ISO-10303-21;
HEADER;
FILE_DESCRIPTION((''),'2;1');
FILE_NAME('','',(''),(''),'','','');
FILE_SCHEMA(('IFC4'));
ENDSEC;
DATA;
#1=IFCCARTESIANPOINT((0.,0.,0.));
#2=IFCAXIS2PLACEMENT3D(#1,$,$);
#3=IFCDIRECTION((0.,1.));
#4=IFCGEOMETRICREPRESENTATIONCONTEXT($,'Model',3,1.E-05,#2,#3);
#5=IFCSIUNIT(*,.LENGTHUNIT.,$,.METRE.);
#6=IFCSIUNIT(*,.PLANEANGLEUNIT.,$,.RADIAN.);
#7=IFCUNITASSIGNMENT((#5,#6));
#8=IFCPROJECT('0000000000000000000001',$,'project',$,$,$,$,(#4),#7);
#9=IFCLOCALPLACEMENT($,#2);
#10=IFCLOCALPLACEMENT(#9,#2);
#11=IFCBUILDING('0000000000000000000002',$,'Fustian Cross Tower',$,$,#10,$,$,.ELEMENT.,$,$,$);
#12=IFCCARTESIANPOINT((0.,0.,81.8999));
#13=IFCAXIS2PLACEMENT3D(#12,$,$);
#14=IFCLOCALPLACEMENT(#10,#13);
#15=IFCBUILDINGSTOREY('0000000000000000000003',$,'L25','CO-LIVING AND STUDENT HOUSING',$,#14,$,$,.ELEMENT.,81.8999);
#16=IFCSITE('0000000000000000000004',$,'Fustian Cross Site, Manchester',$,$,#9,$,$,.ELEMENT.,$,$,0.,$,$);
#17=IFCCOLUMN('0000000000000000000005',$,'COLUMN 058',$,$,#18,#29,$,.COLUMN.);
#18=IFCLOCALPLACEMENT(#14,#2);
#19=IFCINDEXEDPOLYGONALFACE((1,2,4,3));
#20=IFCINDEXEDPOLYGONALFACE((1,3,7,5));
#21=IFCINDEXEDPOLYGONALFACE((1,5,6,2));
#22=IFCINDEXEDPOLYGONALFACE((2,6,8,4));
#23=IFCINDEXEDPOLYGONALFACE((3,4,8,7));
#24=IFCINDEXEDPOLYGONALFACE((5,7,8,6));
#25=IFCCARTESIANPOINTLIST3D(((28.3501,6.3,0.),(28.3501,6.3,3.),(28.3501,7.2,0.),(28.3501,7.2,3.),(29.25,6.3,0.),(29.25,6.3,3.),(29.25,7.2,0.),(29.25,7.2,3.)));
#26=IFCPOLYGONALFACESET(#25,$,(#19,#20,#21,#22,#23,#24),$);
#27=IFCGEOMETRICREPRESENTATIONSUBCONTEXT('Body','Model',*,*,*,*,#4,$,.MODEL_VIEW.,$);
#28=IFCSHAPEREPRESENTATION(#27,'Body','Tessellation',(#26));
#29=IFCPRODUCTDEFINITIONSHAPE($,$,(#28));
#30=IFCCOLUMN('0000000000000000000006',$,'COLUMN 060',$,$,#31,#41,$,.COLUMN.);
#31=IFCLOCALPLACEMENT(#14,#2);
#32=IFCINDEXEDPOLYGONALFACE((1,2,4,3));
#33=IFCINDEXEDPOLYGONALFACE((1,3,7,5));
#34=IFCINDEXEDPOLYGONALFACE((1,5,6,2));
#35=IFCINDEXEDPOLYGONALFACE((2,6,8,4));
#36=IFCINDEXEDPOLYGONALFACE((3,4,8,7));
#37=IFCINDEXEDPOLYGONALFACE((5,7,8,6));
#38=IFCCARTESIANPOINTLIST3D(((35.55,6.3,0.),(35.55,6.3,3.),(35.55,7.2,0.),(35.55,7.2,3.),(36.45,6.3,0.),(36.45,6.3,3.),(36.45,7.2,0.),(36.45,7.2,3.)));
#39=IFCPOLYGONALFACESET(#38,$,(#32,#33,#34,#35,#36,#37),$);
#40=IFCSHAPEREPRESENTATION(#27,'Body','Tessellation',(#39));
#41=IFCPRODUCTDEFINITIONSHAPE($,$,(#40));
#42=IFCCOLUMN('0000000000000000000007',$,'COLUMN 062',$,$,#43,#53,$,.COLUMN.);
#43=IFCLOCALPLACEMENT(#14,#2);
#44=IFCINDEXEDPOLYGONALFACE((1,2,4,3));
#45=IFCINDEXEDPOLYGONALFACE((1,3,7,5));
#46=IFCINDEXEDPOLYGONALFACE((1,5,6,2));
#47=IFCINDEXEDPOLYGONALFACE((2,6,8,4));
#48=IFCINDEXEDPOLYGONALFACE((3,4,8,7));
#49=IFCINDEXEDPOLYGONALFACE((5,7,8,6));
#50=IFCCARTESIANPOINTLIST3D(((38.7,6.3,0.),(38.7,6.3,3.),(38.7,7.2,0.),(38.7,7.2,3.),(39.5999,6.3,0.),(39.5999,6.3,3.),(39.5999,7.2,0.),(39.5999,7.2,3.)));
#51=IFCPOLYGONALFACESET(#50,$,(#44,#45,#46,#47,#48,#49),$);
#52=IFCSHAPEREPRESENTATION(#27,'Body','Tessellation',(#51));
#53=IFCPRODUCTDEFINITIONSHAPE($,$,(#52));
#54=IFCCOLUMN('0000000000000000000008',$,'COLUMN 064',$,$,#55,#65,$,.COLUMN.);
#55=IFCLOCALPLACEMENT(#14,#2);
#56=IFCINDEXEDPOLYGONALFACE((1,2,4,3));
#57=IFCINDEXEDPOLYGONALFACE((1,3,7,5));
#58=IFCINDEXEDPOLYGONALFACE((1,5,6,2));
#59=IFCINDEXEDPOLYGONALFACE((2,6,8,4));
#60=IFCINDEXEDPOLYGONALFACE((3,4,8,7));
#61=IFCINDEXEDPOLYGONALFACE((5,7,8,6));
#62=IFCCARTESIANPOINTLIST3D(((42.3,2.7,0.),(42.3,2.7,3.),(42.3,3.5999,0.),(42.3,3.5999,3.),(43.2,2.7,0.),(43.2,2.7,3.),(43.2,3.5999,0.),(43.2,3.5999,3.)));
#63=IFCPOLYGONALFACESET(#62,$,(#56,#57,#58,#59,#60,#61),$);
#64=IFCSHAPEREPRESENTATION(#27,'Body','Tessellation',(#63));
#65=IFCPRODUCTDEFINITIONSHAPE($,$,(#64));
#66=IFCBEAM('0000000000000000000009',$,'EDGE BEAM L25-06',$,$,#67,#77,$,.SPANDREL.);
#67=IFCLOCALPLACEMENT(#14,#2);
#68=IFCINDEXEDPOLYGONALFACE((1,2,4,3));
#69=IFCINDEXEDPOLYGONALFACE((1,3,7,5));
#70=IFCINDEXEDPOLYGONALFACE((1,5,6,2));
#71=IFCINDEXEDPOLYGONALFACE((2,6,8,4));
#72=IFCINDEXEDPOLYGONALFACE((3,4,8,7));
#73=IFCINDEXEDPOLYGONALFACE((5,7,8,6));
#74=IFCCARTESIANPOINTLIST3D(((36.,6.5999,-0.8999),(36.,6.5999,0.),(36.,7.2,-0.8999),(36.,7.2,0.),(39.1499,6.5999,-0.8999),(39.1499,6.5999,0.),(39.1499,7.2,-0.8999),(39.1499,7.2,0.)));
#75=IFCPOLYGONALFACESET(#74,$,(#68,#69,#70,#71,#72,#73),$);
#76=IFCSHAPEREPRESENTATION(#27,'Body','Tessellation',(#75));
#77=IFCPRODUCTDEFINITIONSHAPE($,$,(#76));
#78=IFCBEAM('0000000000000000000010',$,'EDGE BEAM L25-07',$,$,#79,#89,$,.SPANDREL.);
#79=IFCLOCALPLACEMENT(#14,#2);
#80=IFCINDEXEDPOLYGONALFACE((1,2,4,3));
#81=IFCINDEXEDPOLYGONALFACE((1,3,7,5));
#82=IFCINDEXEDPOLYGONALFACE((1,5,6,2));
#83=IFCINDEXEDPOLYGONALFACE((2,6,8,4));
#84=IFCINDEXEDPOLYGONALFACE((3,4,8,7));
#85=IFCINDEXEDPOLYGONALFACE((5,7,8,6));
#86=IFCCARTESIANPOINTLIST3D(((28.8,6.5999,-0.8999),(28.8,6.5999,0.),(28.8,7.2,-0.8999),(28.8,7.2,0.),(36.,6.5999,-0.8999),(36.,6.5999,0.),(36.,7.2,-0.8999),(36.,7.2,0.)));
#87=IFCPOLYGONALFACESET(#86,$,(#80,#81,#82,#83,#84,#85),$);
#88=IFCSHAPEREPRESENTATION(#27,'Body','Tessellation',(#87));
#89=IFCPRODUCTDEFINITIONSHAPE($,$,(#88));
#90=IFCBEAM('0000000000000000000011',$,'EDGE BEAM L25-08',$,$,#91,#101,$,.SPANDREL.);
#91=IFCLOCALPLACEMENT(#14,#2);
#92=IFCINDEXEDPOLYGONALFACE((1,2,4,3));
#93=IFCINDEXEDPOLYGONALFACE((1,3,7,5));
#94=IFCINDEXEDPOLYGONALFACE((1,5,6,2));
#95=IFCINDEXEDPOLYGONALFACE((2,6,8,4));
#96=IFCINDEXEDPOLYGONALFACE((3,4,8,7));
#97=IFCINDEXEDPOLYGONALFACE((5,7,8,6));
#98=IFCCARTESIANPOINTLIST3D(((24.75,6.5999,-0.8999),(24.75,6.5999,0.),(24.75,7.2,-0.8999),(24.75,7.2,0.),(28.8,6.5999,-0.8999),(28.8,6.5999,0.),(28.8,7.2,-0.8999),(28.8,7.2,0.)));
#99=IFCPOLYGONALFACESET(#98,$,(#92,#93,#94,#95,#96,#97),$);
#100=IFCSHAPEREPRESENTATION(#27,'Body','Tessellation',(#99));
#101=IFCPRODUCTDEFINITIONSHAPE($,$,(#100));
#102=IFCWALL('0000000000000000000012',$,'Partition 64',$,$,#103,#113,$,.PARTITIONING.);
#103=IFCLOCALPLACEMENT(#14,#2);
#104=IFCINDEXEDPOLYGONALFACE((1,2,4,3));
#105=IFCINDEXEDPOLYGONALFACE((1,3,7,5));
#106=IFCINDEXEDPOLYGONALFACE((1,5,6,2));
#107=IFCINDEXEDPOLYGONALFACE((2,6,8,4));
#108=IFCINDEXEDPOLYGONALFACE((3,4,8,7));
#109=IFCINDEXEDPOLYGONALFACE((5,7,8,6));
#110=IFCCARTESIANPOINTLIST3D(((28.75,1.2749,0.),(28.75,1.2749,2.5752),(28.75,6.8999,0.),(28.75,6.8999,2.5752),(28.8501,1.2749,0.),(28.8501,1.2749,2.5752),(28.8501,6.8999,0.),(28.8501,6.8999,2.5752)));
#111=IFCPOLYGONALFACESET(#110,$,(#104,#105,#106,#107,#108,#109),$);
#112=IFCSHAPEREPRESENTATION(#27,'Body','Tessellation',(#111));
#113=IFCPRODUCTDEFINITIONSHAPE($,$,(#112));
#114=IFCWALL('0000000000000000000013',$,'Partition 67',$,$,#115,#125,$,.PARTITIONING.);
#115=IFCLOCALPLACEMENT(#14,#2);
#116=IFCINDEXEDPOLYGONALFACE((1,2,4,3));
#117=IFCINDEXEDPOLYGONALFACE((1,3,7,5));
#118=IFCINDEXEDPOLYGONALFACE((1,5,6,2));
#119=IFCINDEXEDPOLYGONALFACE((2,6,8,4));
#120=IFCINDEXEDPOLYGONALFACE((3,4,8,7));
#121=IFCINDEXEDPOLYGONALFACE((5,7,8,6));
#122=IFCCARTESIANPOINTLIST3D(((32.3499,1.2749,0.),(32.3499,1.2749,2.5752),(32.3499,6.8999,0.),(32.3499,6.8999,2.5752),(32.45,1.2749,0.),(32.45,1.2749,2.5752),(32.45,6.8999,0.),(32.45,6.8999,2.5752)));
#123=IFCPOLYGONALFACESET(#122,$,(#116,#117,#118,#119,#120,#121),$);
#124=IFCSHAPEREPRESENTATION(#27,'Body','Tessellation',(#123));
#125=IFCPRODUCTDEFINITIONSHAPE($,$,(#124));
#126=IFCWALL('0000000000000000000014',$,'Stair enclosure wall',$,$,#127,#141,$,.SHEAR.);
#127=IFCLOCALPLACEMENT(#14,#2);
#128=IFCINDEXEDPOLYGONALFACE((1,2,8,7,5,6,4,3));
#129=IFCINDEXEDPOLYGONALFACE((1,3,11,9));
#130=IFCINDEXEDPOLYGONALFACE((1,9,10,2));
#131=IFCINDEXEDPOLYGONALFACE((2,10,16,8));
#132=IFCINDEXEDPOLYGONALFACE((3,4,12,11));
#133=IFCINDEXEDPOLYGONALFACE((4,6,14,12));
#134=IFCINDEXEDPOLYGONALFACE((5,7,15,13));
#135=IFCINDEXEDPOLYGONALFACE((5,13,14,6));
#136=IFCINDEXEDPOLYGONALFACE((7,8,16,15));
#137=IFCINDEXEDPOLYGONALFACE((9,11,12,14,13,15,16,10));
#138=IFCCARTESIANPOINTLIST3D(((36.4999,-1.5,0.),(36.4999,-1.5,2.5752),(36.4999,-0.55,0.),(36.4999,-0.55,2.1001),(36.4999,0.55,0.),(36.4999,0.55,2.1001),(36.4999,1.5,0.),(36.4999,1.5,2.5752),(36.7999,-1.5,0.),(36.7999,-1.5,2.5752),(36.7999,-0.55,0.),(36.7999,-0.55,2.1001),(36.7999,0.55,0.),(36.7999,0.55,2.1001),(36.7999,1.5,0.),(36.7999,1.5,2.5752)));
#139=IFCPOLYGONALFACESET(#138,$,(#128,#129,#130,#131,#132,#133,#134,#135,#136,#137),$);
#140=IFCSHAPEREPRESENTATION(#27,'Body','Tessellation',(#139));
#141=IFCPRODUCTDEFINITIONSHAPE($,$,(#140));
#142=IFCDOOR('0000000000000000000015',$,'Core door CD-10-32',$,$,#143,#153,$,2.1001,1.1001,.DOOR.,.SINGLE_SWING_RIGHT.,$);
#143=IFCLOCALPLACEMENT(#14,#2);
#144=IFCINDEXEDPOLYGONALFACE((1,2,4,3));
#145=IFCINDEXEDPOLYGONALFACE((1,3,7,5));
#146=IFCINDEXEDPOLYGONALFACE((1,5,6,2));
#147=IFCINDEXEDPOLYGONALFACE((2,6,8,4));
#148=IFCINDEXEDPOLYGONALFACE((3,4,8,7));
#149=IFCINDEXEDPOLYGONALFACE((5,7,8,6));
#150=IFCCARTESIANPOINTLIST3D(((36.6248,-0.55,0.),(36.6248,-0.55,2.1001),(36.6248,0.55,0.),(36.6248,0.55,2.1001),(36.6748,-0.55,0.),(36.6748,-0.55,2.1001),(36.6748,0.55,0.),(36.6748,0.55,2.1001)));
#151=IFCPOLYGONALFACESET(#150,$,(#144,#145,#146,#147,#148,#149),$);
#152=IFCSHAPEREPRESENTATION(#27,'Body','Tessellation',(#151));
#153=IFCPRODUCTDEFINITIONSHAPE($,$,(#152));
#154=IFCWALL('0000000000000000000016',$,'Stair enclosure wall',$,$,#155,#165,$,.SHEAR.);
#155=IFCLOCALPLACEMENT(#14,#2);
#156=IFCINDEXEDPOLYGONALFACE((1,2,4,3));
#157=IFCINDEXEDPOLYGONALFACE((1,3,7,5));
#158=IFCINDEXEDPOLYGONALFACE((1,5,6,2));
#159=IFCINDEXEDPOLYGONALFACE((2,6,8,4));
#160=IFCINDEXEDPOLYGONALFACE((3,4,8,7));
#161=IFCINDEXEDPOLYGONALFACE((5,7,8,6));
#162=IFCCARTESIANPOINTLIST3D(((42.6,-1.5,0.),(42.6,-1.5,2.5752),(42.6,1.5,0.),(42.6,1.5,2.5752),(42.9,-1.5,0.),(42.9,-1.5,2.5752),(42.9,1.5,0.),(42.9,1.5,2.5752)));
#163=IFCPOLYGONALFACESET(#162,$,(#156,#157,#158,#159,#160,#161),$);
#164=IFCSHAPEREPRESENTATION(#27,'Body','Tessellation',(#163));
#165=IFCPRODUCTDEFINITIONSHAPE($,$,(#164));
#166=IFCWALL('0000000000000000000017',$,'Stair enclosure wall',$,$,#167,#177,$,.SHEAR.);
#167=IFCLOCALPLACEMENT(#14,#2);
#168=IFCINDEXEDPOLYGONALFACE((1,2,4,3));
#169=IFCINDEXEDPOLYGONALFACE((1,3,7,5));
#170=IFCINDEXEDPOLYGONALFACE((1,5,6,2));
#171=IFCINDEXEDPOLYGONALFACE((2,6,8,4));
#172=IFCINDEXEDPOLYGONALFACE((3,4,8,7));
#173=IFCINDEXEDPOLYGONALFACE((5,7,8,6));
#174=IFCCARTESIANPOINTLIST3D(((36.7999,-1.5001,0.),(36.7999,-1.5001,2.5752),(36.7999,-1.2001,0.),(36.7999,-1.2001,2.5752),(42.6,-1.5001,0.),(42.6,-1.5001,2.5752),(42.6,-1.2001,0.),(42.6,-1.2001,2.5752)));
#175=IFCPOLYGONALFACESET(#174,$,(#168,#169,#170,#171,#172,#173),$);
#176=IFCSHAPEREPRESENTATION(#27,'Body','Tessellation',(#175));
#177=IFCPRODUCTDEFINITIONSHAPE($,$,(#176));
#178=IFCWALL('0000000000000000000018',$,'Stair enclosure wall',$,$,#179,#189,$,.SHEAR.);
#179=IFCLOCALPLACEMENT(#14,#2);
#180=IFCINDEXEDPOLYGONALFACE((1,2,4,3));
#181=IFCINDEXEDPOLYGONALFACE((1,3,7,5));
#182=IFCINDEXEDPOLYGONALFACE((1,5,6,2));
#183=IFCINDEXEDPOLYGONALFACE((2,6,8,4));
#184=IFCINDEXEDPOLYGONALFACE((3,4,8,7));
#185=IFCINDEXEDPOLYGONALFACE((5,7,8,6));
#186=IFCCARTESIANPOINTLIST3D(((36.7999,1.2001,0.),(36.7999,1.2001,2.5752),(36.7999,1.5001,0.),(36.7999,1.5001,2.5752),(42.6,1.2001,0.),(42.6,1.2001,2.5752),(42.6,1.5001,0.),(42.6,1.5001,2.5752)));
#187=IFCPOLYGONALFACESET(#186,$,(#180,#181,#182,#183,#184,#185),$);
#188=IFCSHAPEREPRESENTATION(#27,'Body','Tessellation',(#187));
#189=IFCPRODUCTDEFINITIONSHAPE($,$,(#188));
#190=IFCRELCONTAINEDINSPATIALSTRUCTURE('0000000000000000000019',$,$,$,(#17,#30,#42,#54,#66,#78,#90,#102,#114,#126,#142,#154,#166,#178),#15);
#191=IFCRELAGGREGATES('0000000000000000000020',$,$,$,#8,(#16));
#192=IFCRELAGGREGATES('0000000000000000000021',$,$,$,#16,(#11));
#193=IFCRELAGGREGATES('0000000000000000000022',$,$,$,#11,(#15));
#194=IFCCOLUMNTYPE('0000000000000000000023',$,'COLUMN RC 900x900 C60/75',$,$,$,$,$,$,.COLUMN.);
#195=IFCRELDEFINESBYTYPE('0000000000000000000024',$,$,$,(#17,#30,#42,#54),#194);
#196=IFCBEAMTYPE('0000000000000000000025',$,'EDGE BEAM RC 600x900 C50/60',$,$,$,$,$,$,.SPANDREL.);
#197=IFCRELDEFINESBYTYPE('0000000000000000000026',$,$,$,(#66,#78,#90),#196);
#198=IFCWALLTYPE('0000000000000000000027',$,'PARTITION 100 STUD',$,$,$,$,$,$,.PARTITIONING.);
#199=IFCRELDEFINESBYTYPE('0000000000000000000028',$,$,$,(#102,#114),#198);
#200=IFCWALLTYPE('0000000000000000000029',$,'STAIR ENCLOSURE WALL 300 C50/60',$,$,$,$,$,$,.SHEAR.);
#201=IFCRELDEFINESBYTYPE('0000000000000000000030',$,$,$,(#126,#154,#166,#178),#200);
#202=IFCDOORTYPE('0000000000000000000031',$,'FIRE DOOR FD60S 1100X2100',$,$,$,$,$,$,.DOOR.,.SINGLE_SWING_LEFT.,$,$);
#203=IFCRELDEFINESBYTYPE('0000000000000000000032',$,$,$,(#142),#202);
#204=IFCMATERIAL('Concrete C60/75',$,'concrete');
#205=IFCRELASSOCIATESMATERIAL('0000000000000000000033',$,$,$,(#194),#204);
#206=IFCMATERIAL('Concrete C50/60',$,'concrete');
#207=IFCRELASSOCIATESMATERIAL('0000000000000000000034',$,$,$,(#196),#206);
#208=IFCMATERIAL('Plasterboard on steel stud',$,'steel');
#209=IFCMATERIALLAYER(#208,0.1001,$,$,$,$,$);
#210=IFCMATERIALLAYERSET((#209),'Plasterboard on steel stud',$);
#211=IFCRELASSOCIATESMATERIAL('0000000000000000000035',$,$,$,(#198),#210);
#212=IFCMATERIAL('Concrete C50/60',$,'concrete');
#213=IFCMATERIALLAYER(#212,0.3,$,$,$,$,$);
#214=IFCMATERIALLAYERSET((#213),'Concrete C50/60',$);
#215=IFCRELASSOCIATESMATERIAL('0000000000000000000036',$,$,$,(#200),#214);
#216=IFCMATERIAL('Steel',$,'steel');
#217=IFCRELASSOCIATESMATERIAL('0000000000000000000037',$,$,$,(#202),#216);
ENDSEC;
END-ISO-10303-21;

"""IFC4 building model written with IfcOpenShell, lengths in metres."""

from ifc_helpers import new_model, si_unit, direction, frame, frame_2d, origin, origin_2d, place, context, subcontext, project, spatial, rectangle, extrude, material, layer, layer_set, material_profile, profile_set, type_object, element, fill, save


model = new_model("IFC4")

# Units and contexts
model_context = context("Model", 3, precision=1e-05, world=origin(), true_north=direction((0.0, 1.0)))
body_context = subcontext(model_context, "Body", "Model", "MODEL_VIEW")
ifc_project = project(units=[si_unit("LENGTHUNIT", "METRE"), si_unit("PLANEANGLEUNIT", "RADIAN")], contexts=[model_context])

# Site, building, storey
site_placement = place(None, origin())
site = spatial("IfcSite", under=ifc_project, at=site_placement, Name="Fustian Cross Site, Manchester", CompositionType="ELEMENT", RefElevation=0.0)
building_placement = place(site_placement, origin())
building = spatial("IfcBuilding", under=site, at=building_placement, Name="Fustian Cross Tower", CompositionType="ELEMENT")
storey_placement = place(building_placement, frame((0.0, 0.0, 81.8999)))
storey = spatial("IfcBuildingStorey", under=building, at=storey_placement, Name="L25", Description="CO-LIVING AND STUDENT HOUSING", CompositionType="ELEMENT", Elevation=81.8999)

# Columns
ifc_material_1 = material(Name="Concrete C60/75", Category="concrete")
ifc_material_profile_1 = material_profile(ifc_material_1, rectangle(XDim=0.8999, YDim=0.8999, at=origin_2d()), Name="RC 900x900")
ifc_profile_set_1 = profile_set([ifc_material_profile_1], Name="Concrete C60/75")
column_type = type_object("IfcColumnType", Name="COLUMN RC 900x900 C60/75", PredefinedType="COLUMN", material=ifc_profile_set_1)
for number, where, z_axis, x_axis, name in (
    (1, (28.8, 6.75, 0.0), (0.0, 0.0, 1.0), (1.0, 0.0, 0.0), "COLUMN 058"),
    (2, (36.0, 6.75, 0.0), (0.0, 0.0, 1.0), (1.0, 0.0, 0.0), "COLUMN 060"),
    (3, (39.1499, 6.75, 0.0), (0.0, 0.0, 1.0), (1.0, 0.0, 0.0), "COLUMN 062"),
    (4, (42.75, 3.1499, 0.0), (0.0, 0.0, 1.0), (1.0, 0.0, 0.0), "COLUMN 064"),
):
    element("IfcColumn", number, at=place(storey_placement, frame(where, z_axis=z_axis, x_axis=x_axis)), inside=storey, type_object=column_type, Name=name, PredefinedType="COLUMN", context=body_context, shape_type="SweptSolid", body=[
        extrude(rectangle(XDim=0.8999, YDim=0.8999, at=origin_2d()), origin(), (0.0, 0.0, 1.0), 3.0),
    ])

# Beams
ifc_material_2 = material(Name="Concrete C50/60", Category="concrete")
ifc_material_profile_2 = material_profile(ifc_material_2, rectangle(XDim=0.6001, YDim=0.8999, at=origin_2d()), Name="RC 600x900")
ifc_profile_set_2 = profile_set([ifc_material_profile_2], Name="Concrete C50/60")
beam_type = type_object("IfcBeamType", Name="EDGE BEAM RC 600x900 C50/60", PredefinedType="SPANDREL", material=ifc_profile_set_2)
beam_1_placement = place(storey_placement, frame((39.1499, 6.8999, -0.45), z_axis=(-1.0, 0.0, 0.0), x_axis=(0.0, -1.0, 0.0)))
element("IfcBeam", 5, at=beam_1_placement, inside=storey, type_object=beam_type, Name="EDGE BEAM L25-06", PredefinedType="SPANDREL", context=body_context, shape_type="SweptSolid", body=[
    extrude(rectangle(XDim=0.6001, YDim=0.8999, at=origin_2d()), origin(), (0.0, 0.0, 1.0), 3.1499),
])
beam_2_placement = place(storey_placement, frame((36.0, 6.8999, -0.45), z_axis=(-1.0, 0.0, 0.0), x_axis=(0.0, -1.0, 0.0)))
element("IfcBeam", 6, at=beam_2_placement, inside=storey, type_object=beam_type, Name="EDGE BEAM L25-07", PredefinedType="SPANDREL", context=body_context, shape_type="SweptSolid", body=[
    extrude(rectangle(XDim=0.6001, YDim=0.8999, at=origin_2d()), origin(), (0.0, 0.0, 1.0), 7.2),
])
beam_3_placement = place(storey_placement, frame((28.8, 6.8999, -0.45), z_axis=(-1.0, 0.0, 0.0), x_axis=(0.0, -1.0, 0.0)))
element("IfcBeam", 7, at=beam_3_placement, inside=storey, type_object=beam_type, Name="EDGE BEAM L25-08", PredefinedType="SPANDREL", context=body_context, shape_type="SweptSolid", body=[
    extrude(rectangle(XDim=0.6001, YDim=0.8999, at=origin_2d()), origin(), (0.0, 0.0, 1.0), 4.05),
])

# Walls
ifc_material_3 = material(Name="Plasterboard on steel stud", Category="steel")
ifc_layer_1 = layer(ifc_material_3, 0.1001)
ifc_layer_set_1 = layer_set([ifc_layer_1], Name="Plasterboard on steel stud")
wall_type_1 = type_object("IfcWallType", Name="PARTITION 100 STUD", PredefinedType="PARTITIONING", material=ifc_layer_set_1)
for number, where, z_axis, x_axis, name in (
    (8, (28.8, 1.2749, 0.0), (0.0, 0.0, 1.0), (0.0, 1.0, 0.0), "Partition 64"),
    (9, (32.3999, 1.2749, 0.0), (0.0, 0.0, 1.0), (0.0, 1.0, 0.0), "Partition 67"),
):
    element("IfcWall", number, at=place(storey_placement, frame(where, z_axis=z_axis, x_axis=x_axis)), inside=storey, type_object=wall_type_1, Name=name, PredefinedType="PARTITIONING", context=body_context, shape_type="SweptSolid", body=[
        extrude(rectangle(XDim=5.625, YDim=0.1001, at=frame_2d((2.8125, 0.0))), origin(), (0.0, 0.0, 1.0), 2.5752),
    ])

# Wall, opening, door
ifc_material_4 = material(Name="Concrete C50/60", Category="concrete")
ifc_layer_2 = layer(ifc_material_4, 0.3)
ifc_layer_set_2 = layer_set([ifc_layer_2], Name="Concrete C50/60")
wall_type_2 = type_object("IfcWallType", Name="STAIR ENCLOSURE WALL 300 C50/60", PredefinedType="SHEAR", material=ifc_layer_set_2)
wall_1_placement = place(storey_placement, frame((36.6499, -1.5, 0.0), z_axis=(0.0, 0.0, 1.0), x_axis=(0.0, 1.0, 0.0)))
wall_1 = element("IfcWall", 10, at=wall_1_placement, inside=storey, type_object=wall_type_2, Name="Stair enclosure wall", PredefinedType="SHEAR", context=body_context, shape_type="SweptSolid", body=[
    extrude(rectangle(XDim=3.0, YDim=0.3, at=frame_2d((1.5, 0.0))), origin(), (0.0, 0.0, 1.0), 2.5752),
])
opening_1_placement = place(wall_1_placement, frame((0.95, 0.0, 0.0)))
opening_1 = element("IfcOpeningElement", 11, at=opening_1_placement, cuts=wall_1, PredefinedType="OPENING", context=body_context, shape_type="SweptSolid", body=[
    extrude(rectangle(XDim=1.1001, YDim=2.1001, at=frame_2d((0.55, 1.05))), frame((0.0, 0.1599, 0.0), z_axis=(0.0, -1.0, 0.0), x_axis=(1.0, 0.0, 0.0)), (0.0, 0.0, 1.0), 0.3201),
])
ifc_material_5 = material(Name="Steel", Category="steel")
door_type = type_object("IfcDoorType", Name="FIRE DOOR FD60S 1100X2100", OperationType="SINGLE_SWING_LEFT", PredefinedType="DOOR", material=ifc_material_5)
door_placement = place(opening_1_placement, frame((1.1001, 0.0, 0.0), z_axis=(0.0, 0.0, 1.0), x_axis=(-1.0, 0.0, 0.0)))
door = element("IfcDoor", 12, at=door_placement, inside=storey, type_object=door_type, Name="Core door CD-10-32", OperationType="SINGLE_SWING_RIGHT", OverallHeight=2.1001, OverallWidth=1.1001, PredefinedType="DOOR", context=body_context, shape_type="SweptSolid", body=[
    extrude(rectangle(XDim=1.1001, YDim=2.1001, at=frame_2d((0.55, 1.05))), frame((0.0, 0.0249, 0.0), z_axis=(0.0, -1.0, 0.0), x_axis=(1.0, 0.0, 0.0)), (0.0, 0.0, 1.0), 0.05),
])
fill(opening_1, door)

# Walls
wall_2_placement = place(storey_placement, frame((42.75, -1.5, 0.0), z_axis=(0.0, 0.0, 1.0), x_axis=(0.0, 1.0, 0.0)))
element("IfcWall", 13, at=wall_2_placement, inside=storey, type_object=wall_type_2, Name="Stair enclosure wall", PredefinedType="SHEAR", context=body_context, shape_type="SweptSolid", body=[
    extrude(rectangle(XDim=3.0, YDim=0.3, at=frame_2d((1.5, 0.0))), origin(), (0.0, 0.0, 1.0), 2.5752),
])
for number, where, z_axis, x_axis, name in (
    (14, (36.8, -1.3501, 0.0), (0.0, 0.0, 1.0), (1.0, 0.0, 0.0), "Stair enclosure wall"),
    (15, (36.8, 1.3501, 0.0), (0.0, 0.0, 1.0), (1.0, 0.0, 0.0), "Stair enclosure wall"),
):
    element("IfcWall", number, at=place(storey_placement, frame(where, z_axis=z_axis, x_axis=x_axis)), inside=storey, type_object=wall_type_2, Name=name, PredefinedType="SHEAR", context=body_context, shape_type="SweptSolid", body=[
        extrude(rectangle(XDim=5.8, YDim=0.3, at=frame_2d((2.8999, 0.0))), origin(), (0.0, 0.0, 1.0), 2.5752),
    ])

save(model, "model.ifc")
